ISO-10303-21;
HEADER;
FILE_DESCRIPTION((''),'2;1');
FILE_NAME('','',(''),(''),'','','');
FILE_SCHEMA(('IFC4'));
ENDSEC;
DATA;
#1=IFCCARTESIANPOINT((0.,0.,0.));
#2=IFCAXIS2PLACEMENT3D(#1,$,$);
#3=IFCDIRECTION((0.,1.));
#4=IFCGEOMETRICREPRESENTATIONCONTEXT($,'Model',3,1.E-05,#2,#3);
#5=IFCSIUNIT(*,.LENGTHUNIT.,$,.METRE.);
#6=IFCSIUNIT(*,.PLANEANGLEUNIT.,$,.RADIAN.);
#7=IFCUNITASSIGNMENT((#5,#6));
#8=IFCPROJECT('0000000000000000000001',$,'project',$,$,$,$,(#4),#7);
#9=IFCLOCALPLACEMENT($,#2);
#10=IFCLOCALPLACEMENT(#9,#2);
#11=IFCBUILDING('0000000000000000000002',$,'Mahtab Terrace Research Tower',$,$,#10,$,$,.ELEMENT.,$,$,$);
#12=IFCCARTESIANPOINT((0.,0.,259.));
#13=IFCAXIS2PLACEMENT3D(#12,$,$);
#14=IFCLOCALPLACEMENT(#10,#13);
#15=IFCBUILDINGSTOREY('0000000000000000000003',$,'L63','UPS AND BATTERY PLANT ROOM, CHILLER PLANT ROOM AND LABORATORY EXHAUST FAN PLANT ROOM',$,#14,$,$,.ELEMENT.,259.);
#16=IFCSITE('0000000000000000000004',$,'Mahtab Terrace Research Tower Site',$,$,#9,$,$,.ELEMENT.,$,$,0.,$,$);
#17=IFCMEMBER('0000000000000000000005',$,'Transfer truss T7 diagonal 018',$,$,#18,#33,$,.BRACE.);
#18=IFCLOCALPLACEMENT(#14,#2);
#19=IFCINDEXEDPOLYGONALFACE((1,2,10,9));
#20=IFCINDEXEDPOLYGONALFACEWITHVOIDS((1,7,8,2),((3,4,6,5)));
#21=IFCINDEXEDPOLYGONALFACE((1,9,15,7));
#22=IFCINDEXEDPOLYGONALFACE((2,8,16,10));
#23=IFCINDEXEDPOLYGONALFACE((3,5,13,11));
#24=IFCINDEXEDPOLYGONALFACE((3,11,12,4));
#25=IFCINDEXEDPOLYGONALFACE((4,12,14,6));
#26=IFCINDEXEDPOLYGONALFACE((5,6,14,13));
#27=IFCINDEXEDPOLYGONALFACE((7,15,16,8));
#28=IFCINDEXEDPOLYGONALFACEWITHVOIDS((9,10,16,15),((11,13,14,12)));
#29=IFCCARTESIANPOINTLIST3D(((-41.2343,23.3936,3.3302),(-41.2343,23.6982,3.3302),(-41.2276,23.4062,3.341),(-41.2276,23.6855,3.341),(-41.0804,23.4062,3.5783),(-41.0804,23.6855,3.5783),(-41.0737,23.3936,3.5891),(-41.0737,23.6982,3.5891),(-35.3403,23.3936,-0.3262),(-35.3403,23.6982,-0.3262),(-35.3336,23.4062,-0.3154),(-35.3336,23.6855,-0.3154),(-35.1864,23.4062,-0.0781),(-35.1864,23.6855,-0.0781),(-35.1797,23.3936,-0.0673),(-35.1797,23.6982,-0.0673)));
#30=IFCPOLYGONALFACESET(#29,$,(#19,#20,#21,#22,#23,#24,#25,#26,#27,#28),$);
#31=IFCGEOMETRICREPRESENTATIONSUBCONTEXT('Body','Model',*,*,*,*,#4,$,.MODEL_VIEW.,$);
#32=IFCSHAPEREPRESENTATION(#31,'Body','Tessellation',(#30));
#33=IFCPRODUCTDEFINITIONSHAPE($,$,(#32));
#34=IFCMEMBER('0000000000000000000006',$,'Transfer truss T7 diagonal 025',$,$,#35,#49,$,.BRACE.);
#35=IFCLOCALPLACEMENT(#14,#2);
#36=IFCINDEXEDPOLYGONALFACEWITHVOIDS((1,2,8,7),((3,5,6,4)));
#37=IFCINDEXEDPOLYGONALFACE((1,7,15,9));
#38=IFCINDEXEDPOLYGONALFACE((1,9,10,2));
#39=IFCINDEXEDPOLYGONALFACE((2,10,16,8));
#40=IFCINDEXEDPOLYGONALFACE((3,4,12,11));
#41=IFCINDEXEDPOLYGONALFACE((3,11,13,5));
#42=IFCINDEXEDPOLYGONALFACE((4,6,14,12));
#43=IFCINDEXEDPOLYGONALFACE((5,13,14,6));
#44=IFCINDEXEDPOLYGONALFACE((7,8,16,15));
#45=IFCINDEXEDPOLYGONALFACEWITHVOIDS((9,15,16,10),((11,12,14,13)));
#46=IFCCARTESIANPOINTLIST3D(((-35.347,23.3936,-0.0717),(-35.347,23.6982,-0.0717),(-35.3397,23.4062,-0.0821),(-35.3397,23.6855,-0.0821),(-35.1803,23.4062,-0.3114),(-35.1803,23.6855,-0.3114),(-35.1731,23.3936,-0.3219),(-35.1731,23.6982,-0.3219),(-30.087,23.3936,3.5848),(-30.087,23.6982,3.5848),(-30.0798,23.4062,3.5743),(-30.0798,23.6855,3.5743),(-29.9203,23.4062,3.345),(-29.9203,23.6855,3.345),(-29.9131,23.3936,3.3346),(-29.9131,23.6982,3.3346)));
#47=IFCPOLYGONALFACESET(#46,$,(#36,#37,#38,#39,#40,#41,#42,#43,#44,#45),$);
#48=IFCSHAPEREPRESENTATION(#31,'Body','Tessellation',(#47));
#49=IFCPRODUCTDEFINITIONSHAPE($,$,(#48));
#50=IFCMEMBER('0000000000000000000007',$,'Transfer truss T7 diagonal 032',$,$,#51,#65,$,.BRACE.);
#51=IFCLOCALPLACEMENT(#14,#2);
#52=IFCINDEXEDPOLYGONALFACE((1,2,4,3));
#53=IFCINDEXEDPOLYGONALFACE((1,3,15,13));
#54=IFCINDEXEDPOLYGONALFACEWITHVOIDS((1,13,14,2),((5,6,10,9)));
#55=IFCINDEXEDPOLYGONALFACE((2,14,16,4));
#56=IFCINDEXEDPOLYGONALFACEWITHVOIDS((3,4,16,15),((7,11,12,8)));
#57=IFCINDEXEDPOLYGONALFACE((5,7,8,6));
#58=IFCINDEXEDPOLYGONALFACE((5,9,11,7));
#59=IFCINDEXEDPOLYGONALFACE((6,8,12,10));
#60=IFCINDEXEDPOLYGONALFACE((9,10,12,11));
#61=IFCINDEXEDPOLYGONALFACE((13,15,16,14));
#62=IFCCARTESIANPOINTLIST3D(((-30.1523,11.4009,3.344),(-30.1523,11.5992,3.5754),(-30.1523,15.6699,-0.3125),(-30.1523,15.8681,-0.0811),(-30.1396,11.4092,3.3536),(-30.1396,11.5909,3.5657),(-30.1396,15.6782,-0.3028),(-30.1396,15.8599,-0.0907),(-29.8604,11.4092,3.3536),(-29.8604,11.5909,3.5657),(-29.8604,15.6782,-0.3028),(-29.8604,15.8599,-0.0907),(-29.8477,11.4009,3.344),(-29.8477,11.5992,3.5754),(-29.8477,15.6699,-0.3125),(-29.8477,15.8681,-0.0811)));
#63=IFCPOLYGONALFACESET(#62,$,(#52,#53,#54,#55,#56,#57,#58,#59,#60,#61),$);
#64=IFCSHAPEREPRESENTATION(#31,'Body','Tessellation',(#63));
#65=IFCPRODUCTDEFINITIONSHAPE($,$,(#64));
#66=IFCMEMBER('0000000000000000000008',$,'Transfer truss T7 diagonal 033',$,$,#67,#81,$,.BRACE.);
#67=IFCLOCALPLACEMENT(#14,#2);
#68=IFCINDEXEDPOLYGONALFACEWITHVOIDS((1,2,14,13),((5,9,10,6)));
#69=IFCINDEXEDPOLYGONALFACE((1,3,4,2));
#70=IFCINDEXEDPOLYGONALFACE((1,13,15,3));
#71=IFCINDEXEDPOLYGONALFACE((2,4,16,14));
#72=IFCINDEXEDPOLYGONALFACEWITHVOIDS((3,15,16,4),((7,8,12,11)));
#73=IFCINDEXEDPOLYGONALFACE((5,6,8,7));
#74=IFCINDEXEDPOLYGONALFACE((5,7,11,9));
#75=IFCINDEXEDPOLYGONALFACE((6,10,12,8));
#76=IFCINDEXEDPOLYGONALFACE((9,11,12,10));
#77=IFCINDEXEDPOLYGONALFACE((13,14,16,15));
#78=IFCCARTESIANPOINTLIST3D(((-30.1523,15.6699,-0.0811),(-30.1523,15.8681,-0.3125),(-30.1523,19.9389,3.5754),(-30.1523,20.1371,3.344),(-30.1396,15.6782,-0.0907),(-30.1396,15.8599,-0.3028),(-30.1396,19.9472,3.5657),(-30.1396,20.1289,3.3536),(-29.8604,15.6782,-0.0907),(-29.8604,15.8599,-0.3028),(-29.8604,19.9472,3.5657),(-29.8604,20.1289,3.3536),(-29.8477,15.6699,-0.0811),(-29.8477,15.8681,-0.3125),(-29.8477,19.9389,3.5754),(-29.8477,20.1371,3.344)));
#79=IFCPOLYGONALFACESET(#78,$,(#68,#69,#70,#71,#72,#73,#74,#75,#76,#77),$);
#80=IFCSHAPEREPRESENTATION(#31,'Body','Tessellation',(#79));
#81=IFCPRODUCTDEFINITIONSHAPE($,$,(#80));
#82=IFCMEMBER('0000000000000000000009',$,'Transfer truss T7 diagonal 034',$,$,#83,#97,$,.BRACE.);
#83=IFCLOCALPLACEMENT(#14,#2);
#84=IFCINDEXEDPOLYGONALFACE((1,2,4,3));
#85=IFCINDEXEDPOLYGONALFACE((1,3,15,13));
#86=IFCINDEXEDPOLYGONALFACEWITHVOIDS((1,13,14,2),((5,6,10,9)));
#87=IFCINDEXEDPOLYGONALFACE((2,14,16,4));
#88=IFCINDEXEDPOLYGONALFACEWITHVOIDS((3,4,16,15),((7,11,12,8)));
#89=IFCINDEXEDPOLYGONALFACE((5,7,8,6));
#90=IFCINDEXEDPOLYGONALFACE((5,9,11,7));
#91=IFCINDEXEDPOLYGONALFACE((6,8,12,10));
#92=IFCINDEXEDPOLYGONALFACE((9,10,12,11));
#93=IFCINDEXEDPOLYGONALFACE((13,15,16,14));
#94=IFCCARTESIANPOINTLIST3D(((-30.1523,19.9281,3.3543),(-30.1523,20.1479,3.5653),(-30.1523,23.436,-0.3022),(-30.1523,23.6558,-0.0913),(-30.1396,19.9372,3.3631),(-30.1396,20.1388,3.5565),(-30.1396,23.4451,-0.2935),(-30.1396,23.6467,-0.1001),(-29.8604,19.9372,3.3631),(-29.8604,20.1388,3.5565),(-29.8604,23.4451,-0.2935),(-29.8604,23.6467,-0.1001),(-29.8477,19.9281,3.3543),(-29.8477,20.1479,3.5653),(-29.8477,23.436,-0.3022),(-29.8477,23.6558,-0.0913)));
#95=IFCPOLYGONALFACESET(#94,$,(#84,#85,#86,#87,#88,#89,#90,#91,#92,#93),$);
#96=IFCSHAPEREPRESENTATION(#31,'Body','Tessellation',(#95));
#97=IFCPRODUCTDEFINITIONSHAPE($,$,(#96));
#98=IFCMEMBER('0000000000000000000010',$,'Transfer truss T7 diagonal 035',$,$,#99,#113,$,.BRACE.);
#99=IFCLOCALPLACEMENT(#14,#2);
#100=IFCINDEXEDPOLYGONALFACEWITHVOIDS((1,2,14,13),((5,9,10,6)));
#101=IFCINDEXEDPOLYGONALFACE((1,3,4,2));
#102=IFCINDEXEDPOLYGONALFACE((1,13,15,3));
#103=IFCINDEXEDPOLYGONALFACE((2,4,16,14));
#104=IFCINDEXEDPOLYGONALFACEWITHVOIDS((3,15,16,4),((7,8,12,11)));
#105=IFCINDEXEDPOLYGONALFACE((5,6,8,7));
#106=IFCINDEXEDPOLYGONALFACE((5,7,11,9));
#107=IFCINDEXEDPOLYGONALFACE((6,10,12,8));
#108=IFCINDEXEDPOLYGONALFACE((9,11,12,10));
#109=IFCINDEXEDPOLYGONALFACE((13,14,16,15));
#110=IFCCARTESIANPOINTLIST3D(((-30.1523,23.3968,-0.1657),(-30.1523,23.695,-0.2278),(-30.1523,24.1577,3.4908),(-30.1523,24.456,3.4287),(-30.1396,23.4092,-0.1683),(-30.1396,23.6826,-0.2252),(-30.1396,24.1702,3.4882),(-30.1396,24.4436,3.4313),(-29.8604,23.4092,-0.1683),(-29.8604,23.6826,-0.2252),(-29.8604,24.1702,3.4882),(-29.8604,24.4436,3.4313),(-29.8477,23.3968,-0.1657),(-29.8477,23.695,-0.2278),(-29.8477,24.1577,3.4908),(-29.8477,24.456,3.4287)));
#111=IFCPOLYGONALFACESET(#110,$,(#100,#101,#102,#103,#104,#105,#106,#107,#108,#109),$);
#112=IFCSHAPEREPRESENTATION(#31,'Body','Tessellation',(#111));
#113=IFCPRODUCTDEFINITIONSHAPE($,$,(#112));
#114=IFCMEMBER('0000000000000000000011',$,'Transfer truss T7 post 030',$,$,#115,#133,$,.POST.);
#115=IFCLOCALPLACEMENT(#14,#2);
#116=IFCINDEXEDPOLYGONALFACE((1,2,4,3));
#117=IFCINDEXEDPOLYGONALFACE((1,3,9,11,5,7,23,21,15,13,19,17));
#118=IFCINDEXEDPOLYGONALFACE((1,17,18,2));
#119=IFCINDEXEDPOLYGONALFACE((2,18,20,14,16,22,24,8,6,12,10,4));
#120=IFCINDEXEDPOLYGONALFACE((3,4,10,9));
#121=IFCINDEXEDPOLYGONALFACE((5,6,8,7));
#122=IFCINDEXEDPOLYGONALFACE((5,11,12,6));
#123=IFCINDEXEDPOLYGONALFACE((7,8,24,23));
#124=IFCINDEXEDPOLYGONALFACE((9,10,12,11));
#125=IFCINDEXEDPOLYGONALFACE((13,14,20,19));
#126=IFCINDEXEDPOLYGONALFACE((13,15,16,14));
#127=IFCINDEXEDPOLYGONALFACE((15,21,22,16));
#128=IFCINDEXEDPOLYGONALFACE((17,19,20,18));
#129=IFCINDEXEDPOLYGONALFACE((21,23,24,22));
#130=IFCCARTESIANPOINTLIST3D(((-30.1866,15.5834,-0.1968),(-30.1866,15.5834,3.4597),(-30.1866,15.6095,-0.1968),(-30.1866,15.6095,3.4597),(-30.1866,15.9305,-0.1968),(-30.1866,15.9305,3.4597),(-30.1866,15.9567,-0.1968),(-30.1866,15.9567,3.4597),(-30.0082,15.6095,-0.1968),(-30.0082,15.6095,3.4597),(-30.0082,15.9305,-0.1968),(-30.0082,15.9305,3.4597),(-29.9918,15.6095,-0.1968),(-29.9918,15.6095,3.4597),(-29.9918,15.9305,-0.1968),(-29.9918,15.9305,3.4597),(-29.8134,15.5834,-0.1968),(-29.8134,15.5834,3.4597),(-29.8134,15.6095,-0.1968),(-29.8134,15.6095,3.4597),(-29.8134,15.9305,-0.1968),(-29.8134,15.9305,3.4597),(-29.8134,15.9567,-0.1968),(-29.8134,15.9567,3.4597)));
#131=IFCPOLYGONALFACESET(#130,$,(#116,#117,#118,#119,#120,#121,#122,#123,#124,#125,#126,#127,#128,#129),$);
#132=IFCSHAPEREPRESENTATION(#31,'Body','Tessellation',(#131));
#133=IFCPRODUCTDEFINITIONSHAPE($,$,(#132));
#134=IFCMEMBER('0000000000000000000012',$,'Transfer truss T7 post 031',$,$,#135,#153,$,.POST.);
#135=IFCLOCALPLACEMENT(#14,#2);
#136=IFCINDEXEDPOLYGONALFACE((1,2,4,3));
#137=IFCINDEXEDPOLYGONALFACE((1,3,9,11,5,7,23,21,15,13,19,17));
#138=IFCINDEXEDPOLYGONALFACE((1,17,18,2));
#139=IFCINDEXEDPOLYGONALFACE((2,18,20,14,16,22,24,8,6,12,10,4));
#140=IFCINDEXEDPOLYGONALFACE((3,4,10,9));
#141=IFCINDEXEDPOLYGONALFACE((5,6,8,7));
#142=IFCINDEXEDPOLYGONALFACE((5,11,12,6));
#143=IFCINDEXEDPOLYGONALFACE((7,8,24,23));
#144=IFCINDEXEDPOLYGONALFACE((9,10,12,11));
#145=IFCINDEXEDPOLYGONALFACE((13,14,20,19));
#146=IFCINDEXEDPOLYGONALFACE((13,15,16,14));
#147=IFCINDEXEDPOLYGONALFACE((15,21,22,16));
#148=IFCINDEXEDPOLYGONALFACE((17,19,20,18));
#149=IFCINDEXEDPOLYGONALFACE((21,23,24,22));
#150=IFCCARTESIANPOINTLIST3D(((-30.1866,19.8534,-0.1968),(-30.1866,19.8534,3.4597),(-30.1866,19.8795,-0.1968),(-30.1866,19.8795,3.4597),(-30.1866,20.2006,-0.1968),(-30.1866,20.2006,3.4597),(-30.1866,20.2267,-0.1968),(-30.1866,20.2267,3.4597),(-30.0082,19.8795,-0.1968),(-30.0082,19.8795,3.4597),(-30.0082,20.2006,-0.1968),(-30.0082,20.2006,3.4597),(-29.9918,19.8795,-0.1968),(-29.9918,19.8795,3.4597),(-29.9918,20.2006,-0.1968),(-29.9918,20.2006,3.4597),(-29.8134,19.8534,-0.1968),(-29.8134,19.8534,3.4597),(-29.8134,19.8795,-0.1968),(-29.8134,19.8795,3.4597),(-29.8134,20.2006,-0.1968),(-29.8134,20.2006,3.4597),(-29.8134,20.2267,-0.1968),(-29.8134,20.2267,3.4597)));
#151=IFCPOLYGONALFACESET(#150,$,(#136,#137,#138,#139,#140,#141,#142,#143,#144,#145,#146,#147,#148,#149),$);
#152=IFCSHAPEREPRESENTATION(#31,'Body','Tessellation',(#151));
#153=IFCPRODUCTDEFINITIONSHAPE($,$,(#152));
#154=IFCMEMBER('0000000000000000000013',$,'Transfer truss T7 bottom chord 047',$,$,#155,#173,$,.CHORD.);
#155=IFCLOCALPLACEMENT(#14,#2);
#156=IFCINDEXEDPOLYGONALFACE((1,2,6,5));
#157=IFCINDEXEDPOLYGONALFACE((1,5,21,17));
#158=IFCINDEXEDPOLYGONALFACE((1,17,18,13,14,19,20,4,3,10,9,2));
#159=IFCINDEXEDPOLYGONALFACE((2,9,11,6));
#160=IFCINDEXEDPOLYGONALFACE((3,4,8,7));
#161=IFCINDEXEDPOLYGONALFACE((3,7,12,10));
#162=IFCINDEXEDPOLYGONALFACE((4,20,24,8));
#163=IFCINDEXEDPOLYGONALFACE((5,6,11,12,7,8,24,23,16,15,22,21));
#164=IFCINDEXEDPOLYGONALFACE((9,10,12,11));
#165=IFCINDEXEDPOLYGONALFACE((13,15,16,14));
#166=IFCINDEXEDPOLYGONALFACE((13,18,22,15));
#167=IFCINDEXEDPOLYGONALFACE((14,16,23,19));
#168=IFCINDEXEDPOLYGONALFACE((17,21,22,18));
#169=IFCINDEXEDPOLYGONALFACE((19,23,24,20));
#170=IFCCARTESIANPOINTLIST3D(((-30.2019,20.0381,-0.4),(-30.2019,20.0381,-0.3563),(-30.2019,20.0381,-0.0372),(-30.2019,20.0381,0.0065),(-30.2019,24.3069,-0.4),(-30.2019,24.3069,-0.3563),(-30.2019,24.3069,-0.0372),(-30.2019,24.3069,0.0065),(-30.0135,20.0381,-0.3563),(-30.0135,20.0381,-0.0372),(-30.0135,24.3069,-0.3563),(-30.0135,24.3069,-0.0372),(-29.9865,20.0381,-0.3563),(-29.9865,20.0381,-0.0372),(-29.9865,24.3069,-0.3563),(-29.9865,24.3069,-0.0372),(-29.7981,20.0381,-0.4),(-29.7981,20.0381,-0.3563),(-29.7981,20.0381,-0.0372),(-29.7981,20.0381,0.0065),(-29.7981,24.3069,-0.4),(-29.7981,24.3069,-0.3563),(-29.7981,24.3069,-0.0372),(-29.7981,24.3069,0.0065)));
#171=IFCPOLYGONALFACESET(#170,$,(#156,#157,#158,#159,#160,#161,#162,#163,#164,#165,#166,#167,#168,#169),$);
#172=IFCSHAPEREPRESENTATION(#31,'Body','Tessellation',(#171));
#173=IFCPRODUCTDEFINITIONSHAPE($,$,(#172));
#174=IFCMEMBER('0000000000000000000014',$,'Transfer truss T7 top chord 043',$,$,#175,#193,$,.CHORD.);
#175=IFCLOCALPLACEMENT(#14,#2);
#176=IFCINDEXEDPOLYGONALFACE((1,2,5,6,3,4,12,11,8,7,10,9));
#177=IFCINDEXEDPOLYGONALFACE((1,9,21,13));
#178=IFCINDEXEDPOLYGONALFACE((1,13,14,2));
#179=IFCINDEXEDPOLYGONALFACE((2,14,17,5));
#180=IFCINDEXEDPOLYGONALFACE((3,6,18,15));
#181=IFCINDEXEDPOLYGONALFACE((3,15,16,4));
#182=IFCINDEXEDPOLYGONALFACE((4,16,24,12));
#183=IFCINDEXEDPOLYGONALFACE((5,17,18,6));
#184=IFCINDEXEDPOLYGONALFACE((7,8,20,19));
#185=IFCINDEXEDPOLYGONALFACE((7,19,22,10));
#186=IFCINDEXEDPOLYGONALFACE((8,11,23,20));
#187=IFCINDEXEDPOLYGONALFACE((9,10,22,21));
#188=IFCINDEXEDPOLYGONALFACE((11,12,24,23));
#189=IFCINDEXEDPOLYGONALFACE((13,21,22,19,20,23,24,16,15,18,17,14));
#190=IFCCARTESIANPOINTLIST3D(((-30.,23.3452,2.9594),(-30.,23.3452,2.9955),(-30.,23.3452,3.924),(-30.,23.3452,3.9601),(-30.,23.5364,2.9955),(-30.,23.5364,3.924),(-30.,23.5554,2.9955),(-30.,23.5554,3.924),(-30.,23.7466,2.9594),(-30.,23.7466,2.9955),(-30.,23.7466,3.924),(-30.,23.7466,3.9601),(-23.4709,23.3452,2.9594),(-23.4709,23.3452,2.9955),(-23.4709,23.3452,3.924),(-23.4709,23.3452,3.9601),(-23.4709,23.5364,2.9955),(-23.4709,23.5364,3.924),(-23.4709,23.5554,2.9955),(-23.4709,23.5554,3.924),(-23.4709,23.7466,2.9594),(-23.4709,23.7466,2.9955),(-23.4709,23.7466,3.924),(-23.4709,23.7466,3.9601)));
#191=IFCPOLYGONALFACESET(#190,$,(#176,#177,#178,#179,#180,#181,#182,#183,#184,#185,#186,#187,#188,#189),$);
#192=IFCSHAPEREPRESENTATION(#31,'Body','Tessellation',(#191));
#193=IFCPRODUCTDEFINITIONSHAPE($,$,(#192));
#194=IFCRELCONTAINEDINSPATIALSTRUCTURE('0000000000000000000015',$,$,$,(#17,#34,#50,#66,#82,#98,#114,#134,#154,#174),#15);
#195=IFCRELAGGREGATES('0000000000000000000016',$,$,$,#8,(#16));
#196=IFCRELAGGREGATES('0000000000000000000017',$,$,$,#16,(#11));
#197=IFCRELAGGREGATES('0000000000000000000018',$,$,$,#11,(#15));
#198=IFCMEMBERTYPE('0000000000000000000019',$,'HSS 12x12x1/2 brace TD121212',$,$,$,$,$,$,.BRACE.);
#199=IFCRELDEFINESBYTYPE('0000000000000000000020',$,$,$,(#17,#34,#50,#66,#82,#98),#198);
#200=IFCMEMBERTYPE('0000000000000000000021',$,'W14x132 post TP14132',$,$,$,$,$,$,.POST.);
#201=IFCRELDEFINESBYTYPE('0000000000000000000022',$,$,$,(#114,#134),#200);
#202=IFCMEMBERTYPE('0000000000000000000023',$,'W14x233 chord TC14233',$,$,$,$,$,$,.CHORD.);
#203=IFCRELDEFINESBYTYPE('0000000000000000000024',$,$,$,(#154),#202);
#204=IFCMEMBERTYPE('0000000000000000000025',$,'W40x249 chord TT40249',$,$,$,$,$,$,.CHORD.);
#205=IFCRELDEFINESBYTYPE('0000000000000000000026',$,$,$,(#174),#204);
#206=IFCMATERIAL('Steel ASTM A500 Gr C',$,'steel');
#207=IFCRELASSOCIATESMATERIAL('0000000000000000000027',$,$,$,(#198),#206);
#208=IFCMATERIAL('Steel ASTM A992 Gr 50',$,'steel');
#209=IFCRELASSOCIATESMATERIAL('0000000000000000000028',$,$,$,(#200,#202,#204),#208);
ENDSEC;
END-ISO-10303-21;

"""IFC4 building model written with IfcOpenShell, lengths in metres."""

from ifc_helpers import new_model, si_unit, direction, frame, origin, origin_2d, place, context, subcontext, project, spatial, hollow_rectangle, i_section, extrude, material, material_profile, profile_set, type_object, element, save


model = new_model("IFC4")

# Units and contexts
model_context = context("Model", 3, precision=1e-05, world=origin(), true_north=direction((0.0, 1.0)))
body_context = subcontext(model_context, "Body", "Model", "MODEL_VIEW")
ifc_project = project(units=[si_unit("LENGTHUNIT", "METRE"), si_unit("PLANEANGLEUNIT", "RADIAN")], contexts=[model_context])

# Site, building, storey
site_placement = place(None, origin())
site = spatial("IfcSite", under=ifc_project, at=site_placement, Name="Mahtab Terrace Research Tower Site", CompositionType="ELEMENT", RefElevation=0.0)
building_placement = place(site_placement, origin())
building = spatial("IfcBuilding", under=site, at=building_placement, Name="Mahtab Terrace Research Tower", CompositionType="ELEMENT")
storey_placement = place(building_placement, frame((0.0, 0.0, 259.0)))
storey = spatial("IfcBuildingStorey", under=building, at=storey_placement, Name="L63", Description="UPS AND BATTERY PLANT ROOM, CHILLER PLANT ROOM AND LABORATORY EXHAUST FAN PLANT ROOM", CompositionType="ELEMENT", Elevation=259.0)

# Members
ifc_material_1 = material(Name="Steel ASTM A500 Gr C", Category="steel")
ifc_material_profile_1 = material_profile(ifc_material_1, hollow_rectangle(XDim=0.3047, YDim=0.3047, WallThickness=0.0127, at=origin_2d()), Name="HSS12X12X1/2")
ifc_profile_set_1 = profile_set([ifc_material_profile_1], Name="Steel ASTM A500 Gr C")
member_type_1 = type_object("IfcMemberType", Name="HSS 12x12x1/2 brace TD121212", PredefinedType="BRACE", material=ifc_profile_set_1)
member_1_placement = place(storey_placement, frame((-35.26, 23.5459, -0.1968), z_axis=(-0.849761, 0.0, 0.527167), x_axis=(0.0, -1.0, 0.0)))
element("IfcMember", 1, at=member_1_placement, inside=storey, type_object=member_type_1, Name="Transfer truss T7 diagonal 018", PredefinedType="BRACE", context=body_context, shape_type="SweptSolid", body=[
    extrude(hollow_rectangle(XDim=0.3047, YDim=0.3047, WallThickness=0.0127, at=origin_2d()), origin(), (0.0, 0.0, 1.0), 6.936),
])
member_2_placement = place(storey_placement, frame((-35.26, 23.5459, -0.1968), z_axis=(0.821099, 0.0, 0.570786), x_axis=(0.0, 1.0, 0.0)))
element("IfcMember", 2, at=member_2_placement, inside=storey, type_object=member_type_1, Name="Transfer truss T7 diagonal 025", PredefinedType="BRACE", context=body_context, shape_type="SweptSolid", body=[
    extrude(hollow_rectangle(XDim=0.3047, YDim=0.3047, WallThickness=0.0127, at=origin_2d()), origin(), (0.0, 0.0, 1.0), 6.406),
])
for number, where, z_axis, x_axis, name in (
    (3, (-30.0, 15.769, -0.1968), (0.0, -0.759493, 0.650516), (1.0, 0.0, 0.0), "Transfer truss T7 diagonal 032"),
    (4, (-30.0, 15.769, -0.1968), (0.0, 0.759493, 0.650516), (-1.0, 0.0, 0.0), "Transfer truss T7 diagonal 033"),
):
    element("IfcMember", number, at=place(storey_placement, frame(where, z_axis=z_axis, x_axis=x_axis)), inside=storey, type_object=member_type_1, Name=name, PredefinedType="BRACE", context=body_context, shape_type="SweptSolid", body=[
        extrude(hollow_rectangle(XDim=0.3047, YDim=0.3047, WallThickness=0.0127, at=origin_2d()), origin(), (0.0, 0.0, 1.0), 5.6208),
    ])
member_3_placement = place(storey_placement, frame((-30.0, 23.5459, -0.1968), z_axis=(0.0, -0.692283, 0.721626), x_axis=(1.0, 0.0, 0.0)))
element("IfcMember", 5, at=member_3_placement, inside=storey, type_object=member_type_1, Name="Transfer truss T7 diagonal 034", PredefinedType="BRACE", context=body_context, shape_type="SweptSolid", body=[
    extrude(hollow_rectangle(XDim=0.3047, YDim=0.3047, WallThickness=0.0127, at=origin_2d()), origin(), (0.0, 0.0, 1.0), 5.0671),
])
member_4_placement = place(storey_placement, frame((-30.0, 23.5459, -0.1968), z_axis=(0.0, 0.203753, 0.979022), x_axis=(-1.0, 0.0, 0.0)))
element("IfcMember", 6, at=member_4_placement, inside=storey, type_object=member_type_1, Name="Transfer truss T7 diagonal 035", PredefinedType="BRACE", context=body_context, shape_type="SweptSolid", body=[
    extrude(hollow_rectangle(XDim=0.3047, YDim=0.3047, WallThickness=0.0127, at=origin_2d()), origin(), (0.0, 0.0, 1.0), 3.7349),
])
ifc_material_2 = material(Name="Steel ASTM A992 Gr 50", Category="steel")
ifc_material_profile_2 = material_profile(ifc_material_2, i_section(OverallWidth=0.3733, OverallDepth=0.3733, WebThickness=0.0164, FlangeThickness=0.0261, at=origin_2d()), Name="W14X132")
ifc_profile_set_2 = profile_set([ifc_material_profile_2], Name="Steel ASTM A992 Gr 50")
member_type_2 = type_object("IfcMemberType", Name="W14x132 post TP14132", PredefinedType="POST", material=ifc_profile_set_2)
for number, where, z_axis, x_axis, name in (
    (7, (-30.0, 15.77, -0.1968), (0.0, 0.0, 1.0), (1.0, 0.0, 0.0), "Transfer truss T7 post 030"),
    (8, (-30.0, 20.04, -0.1968), (0.0, 0.0, 1.0), (1.0, 0.0, 0.0), "Transfer truss T7 post 031"),
):
    element("IfcMember", number, at=place(storey_placement, frame(where, z_axis=z_axis, x_axis=x_axis)), inside=storey, type_object=member_type_2, Name=name, PredefinedType="POST", context=body_context, shape_type="SweptSolid", body=[
        extrude(i_section(OverallWidth=0.3733, OverallDepth=0.3733, WebThickness=0.0164, FlangeThickness=0.0261, at=origin_2d()), origin(), (0.0, 0.0, 1.0), 3.6565),
    ])
ifc_material_profile_3 = material_profile(ifc_material_2, i_section(OverallWidth=0.4038, OverallDepth=0.4065, WebThickness=0.0271, FlangeThickness=0.0437, at=origin_2d()), Name="W14X233")
ifc_profile_set_3 = profile_set([ifc_material_profile_3], Name="Steel ASTM A992 Gr 50")
member_type_3 = type_object("IfcMemberType", Name="W14x233 chord TC14233", PredefinedType="CHORD", material=ifc_profile_set_3)
member_5_placement = place(storey_placement, frame((-30.0, 20.0381, -0.1968), z_axis=(0.0, 1.0, 0.0), x_axis=(-1.0, 0.0, 0.0)))
element("IfcMember", 9, at=member_5_placement, inside=storey, type_object=member_type_3, Name="Transfer truss T7 bottom chord 047", PredefinedType="CHORD", context=body_context, shape_type="SweptSolid", body=[
    extrude(i_section(OverallWidth=0.4038, OverallDepth=0.4065, WebThickness=0.0271, FlangeThickness=0.0437, at=origin_2d()), origin(), (0.0, 0.0, 1.0), 4.2688),
])
ifc_material_profile_4 = material_profile(ifc_material_2, i_section(OverallWidth=0.4014, OverallDepth=1.0007, WebThickness=0.019, FlangeThickness=0.0361, at=origin_2d()), Name="W40X249")
ifc_profile_set_4 = profile_set([ifc_material_profile_4], Name="Steel ASTM A992 Gr 50")
member_type_4 = type_object("IfcMemberType", Name="W40x249 chord TT40249", PredefinedType="CHORD", material=ifc_profile_set_4)
member_6_placement = place(storey_placement, frame((-30.0, 23.5459, 3.4597), z_axis=(1.0, 0.0, 0.0), x_axis=(0.0, 1.0, 0.0)))
element("IfcMember", 10, at=member_6_placement, inside=storey, type_object=member_type_4, Name="Transfer truss T7 top chord 043", PredefinedType="CHORD", context=body_context, shape_type="SweptSolid", body=[
    extrude(i_section(OverallWidth=0.4014, OverallDepth=1.0007, WebThickness=0.019, FlangeThickness=0.0361, at=origin_2d()), origin(), (0.0, 0.0, 1.0), 6.5291),
])

save(model, "model.ifc")
